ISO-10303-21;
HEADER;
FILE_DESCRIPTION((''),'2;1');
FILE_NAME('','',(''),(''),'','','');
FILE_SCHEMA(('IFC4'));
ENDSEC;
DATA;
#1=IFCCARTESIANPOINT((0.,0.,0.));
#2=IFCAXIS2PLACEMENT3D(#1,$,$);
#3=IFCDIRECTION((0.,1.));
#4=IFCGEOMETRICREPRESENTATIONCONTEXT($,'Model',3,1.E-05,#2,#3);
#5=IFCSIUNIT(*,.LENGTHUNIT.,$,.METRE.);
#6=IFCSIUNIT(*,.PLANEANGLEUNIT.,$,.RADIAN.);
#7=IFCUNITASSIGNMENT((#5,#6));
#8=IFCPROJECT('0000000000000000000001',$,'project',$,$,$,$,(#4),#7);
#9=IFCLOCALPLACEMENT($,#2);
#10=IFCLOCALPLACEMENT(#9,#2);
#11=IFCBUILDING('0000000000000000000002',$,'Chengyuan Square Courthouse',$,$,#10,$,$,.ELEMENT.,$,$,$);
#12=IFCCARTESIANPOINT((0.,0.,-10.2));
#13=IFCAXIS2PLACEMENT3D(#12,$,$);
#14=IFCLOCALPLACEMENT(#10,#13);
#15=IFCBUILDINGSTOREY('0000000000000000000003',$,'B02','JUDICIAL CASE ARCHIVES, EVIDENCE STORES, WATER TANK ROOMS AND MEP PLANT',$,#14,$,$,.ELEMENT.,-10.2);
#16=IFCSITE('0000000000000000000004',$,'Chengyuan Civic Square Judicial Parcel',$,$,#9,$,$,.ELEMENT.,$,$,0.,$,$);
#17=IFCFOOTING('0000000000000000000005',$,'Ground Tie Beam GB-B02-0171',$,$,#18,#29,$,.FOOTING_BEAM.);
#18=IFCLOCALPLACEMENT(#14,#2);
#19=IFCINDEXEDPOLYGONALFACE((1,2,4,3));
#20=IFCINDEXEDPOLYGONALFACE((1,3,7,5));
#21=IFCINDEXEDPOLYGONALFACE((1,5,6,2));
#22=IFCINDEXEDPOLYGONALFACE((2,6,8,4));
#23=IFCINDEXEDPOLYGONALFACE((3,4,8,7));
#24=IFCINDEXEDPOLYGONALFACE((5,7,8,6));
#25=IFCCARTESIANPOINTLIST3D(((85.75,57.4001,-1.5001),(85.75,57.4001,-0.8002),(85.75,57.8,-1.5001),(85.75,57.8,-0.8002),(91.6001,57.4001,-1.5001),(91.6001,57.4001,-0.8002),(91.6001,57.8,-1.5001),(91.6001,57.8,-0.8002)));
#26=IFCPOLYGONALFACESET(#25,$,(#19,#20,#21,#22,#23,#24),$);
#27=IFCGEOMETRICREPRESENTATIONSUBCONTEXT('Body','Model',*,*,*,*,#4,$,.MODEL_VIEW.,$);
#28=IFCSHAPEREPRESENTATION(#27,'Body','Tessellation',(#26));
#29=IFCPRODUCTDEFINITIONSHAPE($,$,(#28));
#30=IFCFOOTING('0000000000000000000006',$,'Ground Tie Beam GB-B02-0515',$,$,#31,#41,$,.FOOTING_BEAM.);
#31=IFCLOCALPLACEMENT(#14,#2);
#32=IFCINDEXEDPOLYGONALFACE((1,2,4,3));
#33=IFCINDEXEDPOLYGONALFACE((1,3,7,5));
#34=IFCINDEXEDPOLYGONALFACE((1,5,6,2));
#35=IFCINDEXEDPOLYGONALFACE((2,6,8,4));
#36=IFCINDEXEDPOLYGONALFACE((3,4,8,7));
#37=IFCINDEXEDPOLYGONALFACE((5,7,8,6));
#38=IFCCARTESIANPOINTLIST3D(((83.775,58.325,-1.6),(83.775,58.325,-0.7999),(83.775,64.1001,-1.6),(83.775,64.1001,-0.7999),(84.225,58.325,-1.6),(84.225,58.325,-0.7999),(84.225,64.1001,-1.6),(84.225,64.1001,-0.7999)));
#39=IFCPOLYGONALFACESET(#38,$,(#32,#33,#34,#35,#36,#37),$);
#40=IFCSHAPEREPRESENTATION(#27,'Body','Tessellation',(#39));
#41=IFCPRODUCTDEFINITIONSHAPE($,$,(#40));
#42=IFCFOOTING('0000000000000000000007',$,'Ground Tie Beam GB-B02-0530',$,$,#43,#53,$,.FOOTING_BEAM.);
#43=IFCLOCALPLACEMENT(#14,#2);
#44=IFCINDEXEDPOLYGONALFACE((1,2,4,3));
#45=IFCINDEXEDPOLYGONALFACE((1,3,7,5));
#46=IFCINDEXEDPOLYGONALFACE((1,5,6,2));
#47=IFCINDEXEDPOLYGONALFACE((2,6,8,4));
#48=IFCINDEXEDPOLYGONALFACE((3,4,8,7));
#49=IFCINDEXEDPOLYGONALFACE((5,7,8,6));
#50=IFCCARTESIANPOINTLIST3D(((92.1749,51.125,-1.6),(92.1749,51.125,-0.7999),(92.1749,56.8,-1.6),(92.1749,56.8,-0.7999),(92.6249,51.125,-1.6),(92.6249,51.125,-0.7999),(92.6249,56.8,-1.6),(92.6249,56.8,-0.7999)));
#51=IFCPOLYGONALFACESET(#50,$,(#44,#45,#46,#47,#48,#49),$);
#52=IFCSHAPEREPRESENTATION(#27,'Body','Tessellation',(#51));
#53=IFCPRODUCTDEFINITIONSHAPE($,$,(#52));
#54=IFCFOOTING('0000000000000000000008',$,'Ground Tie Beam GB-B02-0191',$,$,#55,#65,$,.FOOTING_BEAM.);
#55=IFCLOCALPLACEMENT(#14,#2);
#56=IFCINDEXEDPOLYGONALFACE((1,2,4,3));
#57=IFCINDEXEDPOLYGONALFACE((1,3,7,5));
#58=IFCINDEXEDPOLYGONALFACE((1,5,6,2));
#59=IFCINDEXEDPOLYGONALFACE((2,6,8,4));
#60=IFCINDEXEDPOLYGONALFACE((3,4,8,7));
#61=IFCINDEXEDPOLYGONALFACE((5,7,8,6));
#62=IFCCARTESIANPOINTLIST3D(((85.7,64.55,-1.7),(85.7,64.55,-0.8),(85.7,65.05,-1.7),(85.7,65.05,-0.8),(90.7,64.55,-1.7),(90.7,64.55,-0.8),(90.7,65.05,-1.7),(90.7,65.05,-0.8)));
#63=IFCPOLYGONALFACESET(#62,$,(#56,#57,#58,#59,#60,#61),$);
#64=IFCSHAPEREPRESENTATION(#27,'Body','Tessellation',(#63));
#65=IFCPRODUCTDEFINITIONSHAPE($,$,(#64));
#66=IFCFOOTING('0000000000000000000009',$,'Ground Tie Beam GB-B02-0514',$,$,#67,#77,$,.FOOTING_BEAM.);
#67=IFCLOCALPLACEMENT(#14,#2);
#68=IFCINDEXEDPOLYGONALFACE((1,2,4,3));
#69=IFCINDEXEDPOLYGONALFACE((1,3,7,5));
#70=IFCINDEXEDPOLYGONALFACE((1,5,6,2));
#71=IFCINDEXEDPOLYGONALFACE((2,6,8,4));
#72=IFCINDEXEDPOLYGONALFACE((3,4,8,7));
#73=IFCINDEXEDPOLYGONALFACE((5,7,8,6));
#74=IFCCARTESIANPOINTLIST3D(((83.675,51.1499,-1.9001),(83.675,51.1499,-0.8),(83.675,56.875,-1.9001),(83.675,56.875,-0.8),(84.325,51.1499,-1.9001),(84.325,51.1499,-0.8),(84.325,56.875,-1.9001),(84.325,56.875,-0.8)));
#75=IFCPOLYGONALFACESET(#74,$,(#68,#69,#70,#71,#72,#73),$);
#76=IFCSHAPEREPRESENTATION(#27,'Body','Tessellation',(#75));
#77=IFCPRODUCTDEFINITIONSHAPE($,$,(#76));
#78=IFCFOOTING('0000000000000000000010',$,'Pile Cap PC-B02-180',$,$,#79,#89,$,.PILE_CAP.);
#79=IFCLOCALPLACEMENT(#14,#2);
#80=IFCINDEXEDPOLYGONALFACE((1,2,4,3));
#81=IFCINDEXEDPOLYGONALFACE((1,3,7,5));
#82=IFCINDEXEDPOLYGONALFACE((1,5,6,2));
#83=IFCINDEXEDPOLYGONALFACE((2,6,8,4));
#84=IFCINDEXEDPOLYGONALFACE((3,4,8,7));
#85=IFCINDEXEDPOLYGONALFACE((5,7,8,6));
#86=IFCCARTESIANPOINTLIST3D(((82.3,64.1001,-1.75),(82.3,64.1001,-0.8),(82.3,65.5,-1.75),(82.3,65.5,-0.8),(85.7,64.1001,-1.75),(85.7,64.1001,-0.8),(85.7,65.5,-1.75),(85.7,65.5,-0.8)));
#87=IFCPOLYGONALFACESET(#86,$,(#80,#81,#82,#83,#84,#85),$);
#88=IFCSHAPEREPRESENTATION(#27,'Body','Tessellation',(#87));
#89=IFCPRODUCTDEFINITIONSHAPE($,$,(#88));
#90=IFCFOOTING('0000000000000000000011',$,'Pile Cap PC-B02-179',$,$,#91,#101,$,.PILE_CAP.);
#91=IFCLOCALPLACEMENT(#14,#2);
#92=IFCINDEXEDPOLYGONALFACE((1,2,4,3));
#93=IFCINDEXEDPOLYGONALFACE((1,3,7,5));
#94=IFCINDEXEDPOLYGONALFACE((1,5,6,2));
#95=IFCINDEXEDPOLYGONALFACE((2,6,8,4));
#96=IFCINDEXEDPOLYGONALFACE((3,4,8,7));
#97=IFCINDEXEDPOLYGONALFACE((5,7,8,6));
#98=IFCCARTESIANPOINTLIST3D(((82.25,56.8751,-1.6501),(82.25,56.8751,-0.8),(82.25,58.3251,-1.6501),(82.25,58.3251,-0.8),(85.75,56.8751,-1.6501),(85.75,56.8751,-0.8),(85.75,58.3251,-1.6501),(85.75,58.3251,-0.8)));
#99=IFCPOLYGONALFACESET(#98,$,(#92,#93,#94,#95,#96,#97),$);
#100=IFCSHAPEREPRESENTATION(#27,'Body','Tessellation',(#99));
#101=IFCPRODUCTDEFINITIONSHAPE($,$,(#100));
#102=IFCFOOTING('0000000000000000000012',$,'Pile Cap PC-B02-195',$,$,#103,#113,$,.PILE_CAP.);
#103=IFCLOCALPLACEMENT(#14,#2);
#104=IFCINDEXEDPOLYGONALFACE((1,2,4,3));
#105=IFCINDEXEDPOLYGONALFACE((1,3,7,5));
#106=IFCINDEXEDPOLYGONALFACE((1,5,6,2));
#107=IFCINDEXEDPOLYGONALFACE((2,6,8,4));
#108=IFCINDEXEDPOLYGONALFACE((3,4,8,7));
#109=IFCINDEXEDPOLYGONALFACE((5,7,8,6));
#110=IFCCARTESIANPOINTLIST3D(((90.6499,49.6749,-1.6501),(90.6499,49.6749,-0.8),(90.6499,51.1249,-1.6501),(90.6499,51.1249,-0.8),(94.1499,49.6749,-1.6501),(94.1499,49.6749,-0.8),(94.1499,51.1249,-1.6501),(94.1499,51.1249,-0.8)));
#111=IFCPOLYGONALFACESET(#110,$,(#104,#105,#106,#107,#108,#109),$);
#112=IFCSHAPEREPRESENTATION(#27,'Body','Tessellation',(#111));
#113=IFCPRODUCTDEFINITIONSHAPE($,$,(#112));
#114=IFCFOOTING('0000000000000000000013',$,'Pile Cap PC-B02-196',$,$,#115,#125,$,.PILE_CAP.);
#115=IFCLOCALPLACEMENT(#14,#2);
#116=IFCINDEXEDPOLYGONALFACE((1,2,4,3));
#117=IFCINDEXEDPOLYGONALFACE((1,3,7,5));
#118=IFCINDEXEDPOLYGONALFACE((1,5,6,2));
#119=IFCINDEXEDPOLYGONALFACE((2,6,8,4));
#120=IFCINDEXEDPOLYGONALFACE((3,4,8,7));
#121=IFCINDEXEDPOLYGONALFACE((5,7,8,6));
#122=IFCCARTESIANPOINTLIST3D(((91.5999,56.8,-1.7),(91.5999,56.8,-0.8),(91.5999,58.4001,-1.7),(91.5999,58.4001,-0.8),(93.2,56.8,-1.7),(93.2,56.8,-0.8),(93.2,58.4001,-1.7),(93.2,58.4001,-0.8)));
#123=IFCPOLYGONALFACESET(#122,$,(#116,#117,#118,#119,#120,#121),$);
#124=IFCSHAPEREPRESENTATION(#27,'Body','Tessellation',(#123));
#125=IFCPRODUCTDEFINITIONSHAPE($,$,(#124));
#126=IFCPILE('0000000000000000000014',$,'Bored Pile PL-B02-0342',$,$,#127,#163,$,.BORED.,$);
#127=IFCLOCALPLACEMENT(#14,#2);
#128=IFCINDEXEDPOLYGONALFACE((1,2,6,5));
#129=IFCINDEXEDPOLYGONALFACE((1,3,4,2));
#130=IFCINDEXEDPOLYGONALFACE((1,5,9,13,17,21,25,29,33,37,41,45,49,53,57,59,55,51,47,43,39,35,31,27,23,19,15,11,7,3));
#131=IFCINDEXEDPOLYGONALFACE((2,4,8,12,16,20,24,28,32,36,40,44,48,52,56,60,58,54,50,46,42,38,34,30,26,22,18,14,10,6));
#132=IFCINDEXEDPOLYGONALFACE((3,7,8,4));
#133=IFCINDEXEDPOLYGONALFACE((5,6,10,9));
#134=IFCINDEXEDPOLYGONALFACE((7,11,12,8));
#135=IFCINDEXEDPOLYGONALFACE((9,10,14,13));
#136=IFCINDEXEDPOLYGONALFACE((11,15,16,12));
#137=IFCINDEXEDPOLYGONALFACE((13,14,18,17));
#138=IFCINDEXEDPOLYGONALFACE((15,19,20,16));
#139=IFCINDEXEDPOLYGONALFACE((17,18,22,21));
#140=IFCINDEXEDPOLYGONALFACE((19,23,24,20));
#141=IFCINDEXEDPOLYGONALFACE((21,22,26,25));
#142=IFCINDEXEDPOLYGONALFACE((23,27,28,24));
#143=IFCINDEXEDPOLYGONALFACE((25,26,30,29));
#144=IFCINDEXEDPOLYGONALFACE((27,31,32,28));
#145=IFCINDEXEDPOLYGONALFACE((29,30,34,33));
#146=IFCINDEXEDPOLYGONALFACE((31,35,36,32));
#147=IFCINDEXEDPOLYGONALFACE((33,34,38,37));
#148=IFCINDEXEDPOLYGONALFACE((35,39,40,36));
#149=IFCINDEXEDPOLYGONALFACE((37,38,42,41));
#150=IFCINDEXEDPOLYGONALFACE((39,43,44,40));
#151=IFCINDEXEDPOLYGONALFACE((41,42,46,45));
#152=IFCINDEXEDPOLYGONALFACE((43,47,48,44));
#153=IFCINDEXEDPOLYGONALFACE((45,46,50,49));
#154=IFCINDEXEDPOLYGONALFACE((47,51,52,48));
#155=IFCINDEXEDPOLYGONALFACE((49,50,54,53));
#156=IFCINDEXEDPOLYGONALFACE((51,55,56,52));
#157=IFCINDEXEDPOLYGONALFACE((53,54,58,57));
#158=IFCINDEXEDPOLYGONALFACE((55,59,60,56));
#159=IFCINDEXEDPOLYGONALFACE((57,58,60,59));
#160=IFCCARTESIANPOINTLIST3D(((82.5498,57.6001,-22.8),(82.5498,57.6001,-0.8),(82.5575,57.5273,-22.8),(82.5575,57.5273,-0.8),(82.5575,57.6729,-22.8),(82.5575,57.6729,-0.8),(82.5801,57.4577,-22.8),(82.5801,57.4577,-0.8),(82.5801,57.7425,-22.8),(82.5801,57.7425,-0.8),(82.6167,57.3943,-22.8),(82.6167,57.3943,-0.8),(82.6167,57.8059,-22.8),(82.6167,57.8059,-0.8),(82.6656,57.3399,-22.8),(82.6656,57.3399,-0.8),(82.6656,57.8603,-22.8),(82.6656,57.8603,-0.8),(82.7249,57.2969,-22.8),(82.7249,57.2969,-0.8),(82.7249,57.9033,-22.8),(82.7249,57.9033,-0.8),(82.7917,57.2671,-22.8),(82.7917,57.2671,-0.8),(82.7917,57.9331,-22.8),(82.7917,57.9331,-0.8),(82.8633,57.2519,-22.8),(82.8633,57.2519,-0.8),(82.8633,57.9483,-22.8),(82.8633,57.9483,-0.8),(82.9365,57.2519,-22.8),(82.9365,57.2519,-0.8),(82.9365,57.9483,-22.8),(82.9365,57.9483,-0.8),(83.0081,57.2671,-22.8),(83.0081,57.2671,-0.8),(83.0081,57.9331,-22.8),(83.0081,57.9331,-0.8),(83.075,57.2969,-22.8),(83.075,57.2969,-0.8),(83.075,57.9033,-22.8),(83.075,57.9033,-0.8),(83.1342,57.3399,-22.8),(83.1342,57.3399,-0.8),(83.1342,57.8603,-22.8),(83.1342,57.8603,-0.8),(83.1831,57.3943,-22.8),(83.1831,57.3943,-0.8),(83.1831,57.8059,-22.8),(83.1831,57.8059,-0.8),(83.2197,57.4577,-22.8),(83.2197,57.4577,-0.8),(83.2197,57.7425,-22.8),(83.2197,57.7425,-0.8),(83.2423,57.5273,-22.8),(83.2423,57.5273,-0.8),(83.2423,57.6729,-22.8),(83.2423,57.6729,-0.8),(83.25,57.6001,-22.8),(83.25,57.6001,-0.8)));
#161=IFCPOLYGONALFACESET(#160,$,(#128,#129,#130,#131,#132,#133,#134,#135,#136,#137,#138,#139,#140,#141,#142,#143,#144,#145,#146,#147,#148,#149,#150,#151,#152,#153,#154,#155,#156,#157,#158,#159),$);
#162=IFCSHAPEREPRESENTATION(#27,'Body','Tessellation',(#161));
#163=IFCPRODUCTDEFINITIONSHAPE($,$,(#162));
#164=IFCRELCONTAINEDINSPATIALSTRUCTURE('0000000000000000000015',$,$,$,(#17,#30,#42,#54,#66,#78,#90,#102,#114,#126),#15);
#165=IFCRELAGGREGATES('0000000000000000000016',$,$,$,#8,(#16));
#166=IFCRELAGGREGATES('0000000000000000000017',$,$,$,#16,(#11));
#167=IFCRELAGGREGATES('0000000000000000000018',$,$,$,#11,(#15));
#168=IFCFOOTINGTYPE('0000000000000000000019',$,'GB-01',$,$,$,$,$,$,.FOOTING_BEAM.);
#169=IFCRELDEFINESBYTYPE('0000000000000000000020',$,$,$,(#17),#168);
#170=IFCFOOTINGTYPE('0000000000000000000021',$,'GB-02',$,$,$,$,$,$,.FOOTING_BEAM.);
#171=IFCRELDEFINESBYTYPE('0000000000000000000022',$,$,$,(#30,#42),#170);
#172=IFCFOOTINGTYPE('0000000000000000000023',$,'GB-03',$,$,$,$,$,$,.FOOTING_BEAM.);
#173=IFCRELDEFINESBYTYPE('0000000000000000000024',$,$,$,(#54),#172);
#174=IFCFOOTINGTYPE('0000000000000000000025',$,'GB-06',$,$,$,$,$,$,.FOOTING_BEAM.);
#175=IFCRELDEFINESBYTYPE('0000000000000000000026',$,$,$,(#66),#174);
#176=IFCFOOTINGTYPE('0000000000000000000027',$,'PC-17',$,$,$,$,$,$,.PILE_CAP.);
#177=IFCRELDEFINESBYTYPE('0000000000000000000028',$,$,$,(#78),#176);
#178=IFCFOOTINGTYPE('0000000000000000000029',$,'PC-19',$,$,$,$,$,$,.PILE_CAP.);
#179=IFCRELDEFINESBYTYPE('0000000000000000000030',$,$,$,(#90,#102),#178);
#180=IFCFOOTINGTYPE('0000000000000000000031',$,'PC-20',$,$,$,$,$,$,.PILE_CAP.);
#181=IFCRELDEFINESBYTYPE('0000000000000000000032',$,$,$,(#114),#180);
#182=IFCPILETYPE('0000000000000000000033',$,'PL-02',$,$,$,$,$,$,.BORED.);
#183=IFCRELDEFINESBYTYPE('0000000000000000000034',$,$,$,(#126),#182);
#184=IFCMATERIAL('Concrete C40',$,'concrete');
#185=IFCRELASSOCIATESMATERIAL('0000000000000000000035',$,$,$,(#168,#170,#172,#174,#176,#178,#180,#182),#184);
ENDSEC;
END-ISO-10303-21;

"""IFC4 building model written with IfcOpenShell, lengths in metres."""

from ifc_helpers import new_model, si_unit, direction, frame, origin, origin_2d, place, context, subcontext, project, spatial, rectangle, circle, extrude, material, material_profile, profile_set, type_object, element, save


model = new_model("IFC4")

# Units and contexts
model_context = context("Model", 3, precision=1e-05, world=origin(), true_north=direction((0.0, 1.0)))
body_context = subcontext(model_context, "Body", "Model", "MODEL_VIEW")
ifc_project = project(units=[si_unit("LENGTHUNIT", "METRE"), si_unit("PLANEANGLEUNIT", "RADIAN")], contexts=[model_context])

# Site, building, storey
site_placement = place(None, origin())
site = spatial("IfcSite", under=ifc_project, at=site_placement, Name="Chengyuan Civic Square Judicial Parcel", CompositionType="ELEMENT", RefElevation=0.0)
building_placement = place(site_placement, origin())
building = spatial("IfcBuilding", under=site, at=building_placement, Name="Chengyuan Square Courthouse", CompositionType="ELEMENT")
storey_placement = place(building_placement, frame((0.0, 0.0, -10.2)))
storey = spatial("IfcBuildingStorey", under=building, at=storey_placement, Name="B02", Description="JUDICIAL CASE ARCHIVES, EVIDENCE STORES, WATER TANK ROOMS AND MEP PLANT", CompositionType="ELEMENT", Elevation=-10.2)

# Footings
ifc_material_1 = material(Name="Concrete C40", Category="concrete")
ifc_material_profile_1 = material_profile(ifc_material_1, rectangle(XDim=0.3999, YDim=0.7, at=origin_2d()), Name="GB-400x700")
ifc_profile_set_1 = profile_set([ifc_material_profile_1], Name="Concrete C40")
footing_type_1 = type_object("IfcFootingType", Name="GB-01", PredefinedType="FOOTING_BEAM", material=ifc_profile_set_1)
footing_1_placement = place(storey_placement, frame((85.75, 57.6001, -1.1501), z_axis=(1.0, 0.0, 0.0), x_axis=(0.0, 1.0, 0.0)))
element("IfcFooting", 1, at=footing_1_placement, inside=storey, type_object=footing_type_1, Name="Ground Tie Beam GB-B02-0171", PredefinedType="FOOTING_BEAM", context=body_context, shape_type="SweptSolid", body=[
    extrude(rectangle(XDim=0.3999, YDim=0.7, at=origin_2d()), origin(), (0.0, 0.0, 1.0), 5.8501),
])
ifc_material_profile_2 = material_profile(ifc_material_1, rectangle(XDim=0.45, YDim=0.8, at=origin_2d()), Name="GB-450x800")
ifc_profile_set_2 = profile_set([ifc_material_profile_2], Name="Concrete C40")
footing_type_2 = type_object("IfcFootingType", Name="GB-02", PredefinedType="FOOTING_BEAM", material=ifc_profile_set_2)
footing_2_placement = place(storey_placement, frame((84.0, 58.325, -1.2), z_axis=(0.0, 1.0, 0.0), x_axis=(-1.0, 0.0, 0.0)))
element("IfcFooting", 2, at=footing_2_placement, inside=storey, type_object=footing_type_2, Name="Ground Tie Beam GB-B02-0515", PredefinedType="FOOTING_BEAM", context=body_context, shape_type="SweptSolid", body=[
    extrude(rectangle(XDim=0.45, YDim=0.8, at=origin_2d()), origin(), (0.0, 0.0, 1.0), 5.7751),
])
footing_3_placement = place(storey_placement, frame((92.3999, 51.125, -1.2), z_axis=(0.0, 1.0, 0.0), x_axis=(-1.0, 0.0, 0.0)))
element("IfcFooting", 3, at=footing_3_placement, inside=storey, type_object=footing_type_2, Name="Ground Tie Beam GB-B02-0530", PredefinedType="FOOTING_BEAM", context=body_context, shape_type="SweptSolid", body=[
    extrude(rectangle(XDim=0.45, YDim=0.8, at=origin_2d()), origin(), (0.0, 0.0, 1.0), 5.675),
])
ifc_material_profile_3 = material_profile(ifc_material_1, rectangle(XDim=0.5, YDim=0.8999, at=origin_2d()), Name="GB-500x900")
ifc_profile_set_3 = profile_set([ifc_material_profile_3], Name="Concrete C40")
footing_type_3 = type_object("IfcFootingType", Name="GB-03", PredefinedType="FOOTING_BEAM", material=ifc_profile_set_3)
footing_4_placement = place(storey_placement, frame((85.7, 64.8, -1.25), z_axis=(1.0, 0.0, 0.0), x_axis=(0.0, 1.0, 0.0)))
element("IfcFooting", 4, at=footing_4_placement, inside=storey, type_object=footing_type_3, Name="Ground Tie Beam GB-B02-0191", PredefinedType="FOOTING_BEAM", context=body_context, shape_type="SweptSolid", body=[
    extrude(rectangle(XDim=0.5, YDim=0.8999, at=origin_2d()), origin(), (0.0, 0.0, 1.0), 5.0),
])
ifc_material_profile_4 = material_profile(ifc_material_1, rectangle(XDim=0.6499, YDim=1.1001, at=origin_2d()), Name="GB-650x1100")
ifc_profile_set_4 = profile_set([ifc_material_profile_4], Name="Concrete C40")
footing_type_4 = type_object("IfcFootingType", Name="GB-06", PredefinedType="FOOTING_BEAM", material=ifc_profile_set_4)
footing_5_placement = place(storey_placement, frame((84.0, 51.1499, -1.3501), z_axis=(0.0, 1.0, 0.0), x_axis=(-1.0, 0.0, 0.0)))
element("IfcFooting", 5, at=footing_5_placement, inside=storey, type_object=footing_type_4, Name="Ground Tie Beam GB-B02-0514", PredefinedType="FOOTING_BEAM", context=body_context, shape_type="SweptSolid", body=[
    extrude(rectangle(XDim=0.6499, YDim=1.1001, at=origin_2d()), origin(), (0.0, 0.0, 1.0), 5.7251),
])
footing_type_5 = type_object("IfcFootingType", Name="PC-17", PredefinedType="PILE_CAP", material=ifc_material_1)
footing_6_placement = place(storey_placement, frame((84.0, 64.8, -1.75), z_axis=(0.0, 0.0, 1.0), x_axis=(1.0, 0.0, 0.0)))
element("IfcFooting", 6, at=footing_6_placement, inside=storey, type_object=footing_type_5, Name="Pile Cap PC-B02-180", PredefinedType="PILE_CAP", context=body_context, shape_type="SweptSolid", body=[
    extrude(rectangle(XDim=3.3999, YDim=1.3999, at=origin_2d()), origin(), (0.0, 0.0, 1.0), 0.95),
])
footing_type_6 = type_object("IfcFootingType", Name="PC-19", PredefinedType="PILE_CAP", material=ifc_material_1)
for number, where, z_axis, x_axis, name in (
    (7, (84.0, 57.6001, -1.6501), (0.0, 0.0, 1.0), (1.0, 0.0, 0.0), "Pile Cap PC-B02-179"),
    (8, (92.3999, 50.3999, -1.6501), (0.0, 0.0, 1.0), (1.0, 0.0, 0.0), "Pile Cap PC-B02-195"),
):
    element("IfcFooting", number, at=place(storey_placement, frame(where, z_axis=z_axis, x_axis=x_axis)), inside=storey, type_object=footing_type_6, Name=name, PredefinedType="PILE_CAP", context=body_context, shape_type="SweptSolid", body=[
        extrude(rectangle(XDim=3.5, YDim=1.45, at=origin_2d()), origin(), (0.0, 0.0, 1.0), 0.8501),
    ])
footing_type_7 = type_object("IfcFootingType", Name="PC-20", PredefinedType="PILE_CAP", material=ifc_material_1)
footing_7_placement = place(storey_placement, frame((92.3999, 57.6001, -1.7), z_axis=(0.0, 0.0, 1.0), x_axis=(1.0, 0.0, 0.0)))
element("IfcFooting", 9, at=footing_7_placement, inside=storey, type_object=footing_type_7, Name="Pile Cap PC-B02-196", PredefinedType="PILE_CAP", context=body_context, shape_type="SweptSolid", body=[
    extrude(rectangle(XDim=1.6001, YDim=1.6001, at=origin_2d()), origin(), (0.0, 0.0, 1.0), 0.8999),
])

# Pile
ifc_material_profile_5 = material_profile(ifc_material_1, circle(Radius=0.3501, at=origin_2d()), Name="BORED PILE D700")
ifc_profile_set_5 = profile_set([ifc_material_profile_5], Name="Concrete C40")
pile_type = type_object("IfcPileType", Name="PL-02", PredefinedType="BORED", material=ifc_profile_set_5)
for number, where, z_axis, x_axis, name in (
    (10, (82.8999, 57.6001, -0.8), (0.0, 0.0, -1.0), (1.0, 0.0, 0.0), "Bored Pile PL-B02-0342"),
):
    element("IfcPile", number, at=place(storey_placement, frame(where, z_axis=z_axis, x_axis=x_axis)), inside=storey, type_object=pile_type, Name=name, PredefinedType="BORED", context=body_context, shape_type="SweptSolid", body=[
        extrude(circle(Radius=0.3501, at=origin_2d()), origin(), (0.0, 0.0, 1.0), 22.0),
    ])

save(model, "model.ifc")
